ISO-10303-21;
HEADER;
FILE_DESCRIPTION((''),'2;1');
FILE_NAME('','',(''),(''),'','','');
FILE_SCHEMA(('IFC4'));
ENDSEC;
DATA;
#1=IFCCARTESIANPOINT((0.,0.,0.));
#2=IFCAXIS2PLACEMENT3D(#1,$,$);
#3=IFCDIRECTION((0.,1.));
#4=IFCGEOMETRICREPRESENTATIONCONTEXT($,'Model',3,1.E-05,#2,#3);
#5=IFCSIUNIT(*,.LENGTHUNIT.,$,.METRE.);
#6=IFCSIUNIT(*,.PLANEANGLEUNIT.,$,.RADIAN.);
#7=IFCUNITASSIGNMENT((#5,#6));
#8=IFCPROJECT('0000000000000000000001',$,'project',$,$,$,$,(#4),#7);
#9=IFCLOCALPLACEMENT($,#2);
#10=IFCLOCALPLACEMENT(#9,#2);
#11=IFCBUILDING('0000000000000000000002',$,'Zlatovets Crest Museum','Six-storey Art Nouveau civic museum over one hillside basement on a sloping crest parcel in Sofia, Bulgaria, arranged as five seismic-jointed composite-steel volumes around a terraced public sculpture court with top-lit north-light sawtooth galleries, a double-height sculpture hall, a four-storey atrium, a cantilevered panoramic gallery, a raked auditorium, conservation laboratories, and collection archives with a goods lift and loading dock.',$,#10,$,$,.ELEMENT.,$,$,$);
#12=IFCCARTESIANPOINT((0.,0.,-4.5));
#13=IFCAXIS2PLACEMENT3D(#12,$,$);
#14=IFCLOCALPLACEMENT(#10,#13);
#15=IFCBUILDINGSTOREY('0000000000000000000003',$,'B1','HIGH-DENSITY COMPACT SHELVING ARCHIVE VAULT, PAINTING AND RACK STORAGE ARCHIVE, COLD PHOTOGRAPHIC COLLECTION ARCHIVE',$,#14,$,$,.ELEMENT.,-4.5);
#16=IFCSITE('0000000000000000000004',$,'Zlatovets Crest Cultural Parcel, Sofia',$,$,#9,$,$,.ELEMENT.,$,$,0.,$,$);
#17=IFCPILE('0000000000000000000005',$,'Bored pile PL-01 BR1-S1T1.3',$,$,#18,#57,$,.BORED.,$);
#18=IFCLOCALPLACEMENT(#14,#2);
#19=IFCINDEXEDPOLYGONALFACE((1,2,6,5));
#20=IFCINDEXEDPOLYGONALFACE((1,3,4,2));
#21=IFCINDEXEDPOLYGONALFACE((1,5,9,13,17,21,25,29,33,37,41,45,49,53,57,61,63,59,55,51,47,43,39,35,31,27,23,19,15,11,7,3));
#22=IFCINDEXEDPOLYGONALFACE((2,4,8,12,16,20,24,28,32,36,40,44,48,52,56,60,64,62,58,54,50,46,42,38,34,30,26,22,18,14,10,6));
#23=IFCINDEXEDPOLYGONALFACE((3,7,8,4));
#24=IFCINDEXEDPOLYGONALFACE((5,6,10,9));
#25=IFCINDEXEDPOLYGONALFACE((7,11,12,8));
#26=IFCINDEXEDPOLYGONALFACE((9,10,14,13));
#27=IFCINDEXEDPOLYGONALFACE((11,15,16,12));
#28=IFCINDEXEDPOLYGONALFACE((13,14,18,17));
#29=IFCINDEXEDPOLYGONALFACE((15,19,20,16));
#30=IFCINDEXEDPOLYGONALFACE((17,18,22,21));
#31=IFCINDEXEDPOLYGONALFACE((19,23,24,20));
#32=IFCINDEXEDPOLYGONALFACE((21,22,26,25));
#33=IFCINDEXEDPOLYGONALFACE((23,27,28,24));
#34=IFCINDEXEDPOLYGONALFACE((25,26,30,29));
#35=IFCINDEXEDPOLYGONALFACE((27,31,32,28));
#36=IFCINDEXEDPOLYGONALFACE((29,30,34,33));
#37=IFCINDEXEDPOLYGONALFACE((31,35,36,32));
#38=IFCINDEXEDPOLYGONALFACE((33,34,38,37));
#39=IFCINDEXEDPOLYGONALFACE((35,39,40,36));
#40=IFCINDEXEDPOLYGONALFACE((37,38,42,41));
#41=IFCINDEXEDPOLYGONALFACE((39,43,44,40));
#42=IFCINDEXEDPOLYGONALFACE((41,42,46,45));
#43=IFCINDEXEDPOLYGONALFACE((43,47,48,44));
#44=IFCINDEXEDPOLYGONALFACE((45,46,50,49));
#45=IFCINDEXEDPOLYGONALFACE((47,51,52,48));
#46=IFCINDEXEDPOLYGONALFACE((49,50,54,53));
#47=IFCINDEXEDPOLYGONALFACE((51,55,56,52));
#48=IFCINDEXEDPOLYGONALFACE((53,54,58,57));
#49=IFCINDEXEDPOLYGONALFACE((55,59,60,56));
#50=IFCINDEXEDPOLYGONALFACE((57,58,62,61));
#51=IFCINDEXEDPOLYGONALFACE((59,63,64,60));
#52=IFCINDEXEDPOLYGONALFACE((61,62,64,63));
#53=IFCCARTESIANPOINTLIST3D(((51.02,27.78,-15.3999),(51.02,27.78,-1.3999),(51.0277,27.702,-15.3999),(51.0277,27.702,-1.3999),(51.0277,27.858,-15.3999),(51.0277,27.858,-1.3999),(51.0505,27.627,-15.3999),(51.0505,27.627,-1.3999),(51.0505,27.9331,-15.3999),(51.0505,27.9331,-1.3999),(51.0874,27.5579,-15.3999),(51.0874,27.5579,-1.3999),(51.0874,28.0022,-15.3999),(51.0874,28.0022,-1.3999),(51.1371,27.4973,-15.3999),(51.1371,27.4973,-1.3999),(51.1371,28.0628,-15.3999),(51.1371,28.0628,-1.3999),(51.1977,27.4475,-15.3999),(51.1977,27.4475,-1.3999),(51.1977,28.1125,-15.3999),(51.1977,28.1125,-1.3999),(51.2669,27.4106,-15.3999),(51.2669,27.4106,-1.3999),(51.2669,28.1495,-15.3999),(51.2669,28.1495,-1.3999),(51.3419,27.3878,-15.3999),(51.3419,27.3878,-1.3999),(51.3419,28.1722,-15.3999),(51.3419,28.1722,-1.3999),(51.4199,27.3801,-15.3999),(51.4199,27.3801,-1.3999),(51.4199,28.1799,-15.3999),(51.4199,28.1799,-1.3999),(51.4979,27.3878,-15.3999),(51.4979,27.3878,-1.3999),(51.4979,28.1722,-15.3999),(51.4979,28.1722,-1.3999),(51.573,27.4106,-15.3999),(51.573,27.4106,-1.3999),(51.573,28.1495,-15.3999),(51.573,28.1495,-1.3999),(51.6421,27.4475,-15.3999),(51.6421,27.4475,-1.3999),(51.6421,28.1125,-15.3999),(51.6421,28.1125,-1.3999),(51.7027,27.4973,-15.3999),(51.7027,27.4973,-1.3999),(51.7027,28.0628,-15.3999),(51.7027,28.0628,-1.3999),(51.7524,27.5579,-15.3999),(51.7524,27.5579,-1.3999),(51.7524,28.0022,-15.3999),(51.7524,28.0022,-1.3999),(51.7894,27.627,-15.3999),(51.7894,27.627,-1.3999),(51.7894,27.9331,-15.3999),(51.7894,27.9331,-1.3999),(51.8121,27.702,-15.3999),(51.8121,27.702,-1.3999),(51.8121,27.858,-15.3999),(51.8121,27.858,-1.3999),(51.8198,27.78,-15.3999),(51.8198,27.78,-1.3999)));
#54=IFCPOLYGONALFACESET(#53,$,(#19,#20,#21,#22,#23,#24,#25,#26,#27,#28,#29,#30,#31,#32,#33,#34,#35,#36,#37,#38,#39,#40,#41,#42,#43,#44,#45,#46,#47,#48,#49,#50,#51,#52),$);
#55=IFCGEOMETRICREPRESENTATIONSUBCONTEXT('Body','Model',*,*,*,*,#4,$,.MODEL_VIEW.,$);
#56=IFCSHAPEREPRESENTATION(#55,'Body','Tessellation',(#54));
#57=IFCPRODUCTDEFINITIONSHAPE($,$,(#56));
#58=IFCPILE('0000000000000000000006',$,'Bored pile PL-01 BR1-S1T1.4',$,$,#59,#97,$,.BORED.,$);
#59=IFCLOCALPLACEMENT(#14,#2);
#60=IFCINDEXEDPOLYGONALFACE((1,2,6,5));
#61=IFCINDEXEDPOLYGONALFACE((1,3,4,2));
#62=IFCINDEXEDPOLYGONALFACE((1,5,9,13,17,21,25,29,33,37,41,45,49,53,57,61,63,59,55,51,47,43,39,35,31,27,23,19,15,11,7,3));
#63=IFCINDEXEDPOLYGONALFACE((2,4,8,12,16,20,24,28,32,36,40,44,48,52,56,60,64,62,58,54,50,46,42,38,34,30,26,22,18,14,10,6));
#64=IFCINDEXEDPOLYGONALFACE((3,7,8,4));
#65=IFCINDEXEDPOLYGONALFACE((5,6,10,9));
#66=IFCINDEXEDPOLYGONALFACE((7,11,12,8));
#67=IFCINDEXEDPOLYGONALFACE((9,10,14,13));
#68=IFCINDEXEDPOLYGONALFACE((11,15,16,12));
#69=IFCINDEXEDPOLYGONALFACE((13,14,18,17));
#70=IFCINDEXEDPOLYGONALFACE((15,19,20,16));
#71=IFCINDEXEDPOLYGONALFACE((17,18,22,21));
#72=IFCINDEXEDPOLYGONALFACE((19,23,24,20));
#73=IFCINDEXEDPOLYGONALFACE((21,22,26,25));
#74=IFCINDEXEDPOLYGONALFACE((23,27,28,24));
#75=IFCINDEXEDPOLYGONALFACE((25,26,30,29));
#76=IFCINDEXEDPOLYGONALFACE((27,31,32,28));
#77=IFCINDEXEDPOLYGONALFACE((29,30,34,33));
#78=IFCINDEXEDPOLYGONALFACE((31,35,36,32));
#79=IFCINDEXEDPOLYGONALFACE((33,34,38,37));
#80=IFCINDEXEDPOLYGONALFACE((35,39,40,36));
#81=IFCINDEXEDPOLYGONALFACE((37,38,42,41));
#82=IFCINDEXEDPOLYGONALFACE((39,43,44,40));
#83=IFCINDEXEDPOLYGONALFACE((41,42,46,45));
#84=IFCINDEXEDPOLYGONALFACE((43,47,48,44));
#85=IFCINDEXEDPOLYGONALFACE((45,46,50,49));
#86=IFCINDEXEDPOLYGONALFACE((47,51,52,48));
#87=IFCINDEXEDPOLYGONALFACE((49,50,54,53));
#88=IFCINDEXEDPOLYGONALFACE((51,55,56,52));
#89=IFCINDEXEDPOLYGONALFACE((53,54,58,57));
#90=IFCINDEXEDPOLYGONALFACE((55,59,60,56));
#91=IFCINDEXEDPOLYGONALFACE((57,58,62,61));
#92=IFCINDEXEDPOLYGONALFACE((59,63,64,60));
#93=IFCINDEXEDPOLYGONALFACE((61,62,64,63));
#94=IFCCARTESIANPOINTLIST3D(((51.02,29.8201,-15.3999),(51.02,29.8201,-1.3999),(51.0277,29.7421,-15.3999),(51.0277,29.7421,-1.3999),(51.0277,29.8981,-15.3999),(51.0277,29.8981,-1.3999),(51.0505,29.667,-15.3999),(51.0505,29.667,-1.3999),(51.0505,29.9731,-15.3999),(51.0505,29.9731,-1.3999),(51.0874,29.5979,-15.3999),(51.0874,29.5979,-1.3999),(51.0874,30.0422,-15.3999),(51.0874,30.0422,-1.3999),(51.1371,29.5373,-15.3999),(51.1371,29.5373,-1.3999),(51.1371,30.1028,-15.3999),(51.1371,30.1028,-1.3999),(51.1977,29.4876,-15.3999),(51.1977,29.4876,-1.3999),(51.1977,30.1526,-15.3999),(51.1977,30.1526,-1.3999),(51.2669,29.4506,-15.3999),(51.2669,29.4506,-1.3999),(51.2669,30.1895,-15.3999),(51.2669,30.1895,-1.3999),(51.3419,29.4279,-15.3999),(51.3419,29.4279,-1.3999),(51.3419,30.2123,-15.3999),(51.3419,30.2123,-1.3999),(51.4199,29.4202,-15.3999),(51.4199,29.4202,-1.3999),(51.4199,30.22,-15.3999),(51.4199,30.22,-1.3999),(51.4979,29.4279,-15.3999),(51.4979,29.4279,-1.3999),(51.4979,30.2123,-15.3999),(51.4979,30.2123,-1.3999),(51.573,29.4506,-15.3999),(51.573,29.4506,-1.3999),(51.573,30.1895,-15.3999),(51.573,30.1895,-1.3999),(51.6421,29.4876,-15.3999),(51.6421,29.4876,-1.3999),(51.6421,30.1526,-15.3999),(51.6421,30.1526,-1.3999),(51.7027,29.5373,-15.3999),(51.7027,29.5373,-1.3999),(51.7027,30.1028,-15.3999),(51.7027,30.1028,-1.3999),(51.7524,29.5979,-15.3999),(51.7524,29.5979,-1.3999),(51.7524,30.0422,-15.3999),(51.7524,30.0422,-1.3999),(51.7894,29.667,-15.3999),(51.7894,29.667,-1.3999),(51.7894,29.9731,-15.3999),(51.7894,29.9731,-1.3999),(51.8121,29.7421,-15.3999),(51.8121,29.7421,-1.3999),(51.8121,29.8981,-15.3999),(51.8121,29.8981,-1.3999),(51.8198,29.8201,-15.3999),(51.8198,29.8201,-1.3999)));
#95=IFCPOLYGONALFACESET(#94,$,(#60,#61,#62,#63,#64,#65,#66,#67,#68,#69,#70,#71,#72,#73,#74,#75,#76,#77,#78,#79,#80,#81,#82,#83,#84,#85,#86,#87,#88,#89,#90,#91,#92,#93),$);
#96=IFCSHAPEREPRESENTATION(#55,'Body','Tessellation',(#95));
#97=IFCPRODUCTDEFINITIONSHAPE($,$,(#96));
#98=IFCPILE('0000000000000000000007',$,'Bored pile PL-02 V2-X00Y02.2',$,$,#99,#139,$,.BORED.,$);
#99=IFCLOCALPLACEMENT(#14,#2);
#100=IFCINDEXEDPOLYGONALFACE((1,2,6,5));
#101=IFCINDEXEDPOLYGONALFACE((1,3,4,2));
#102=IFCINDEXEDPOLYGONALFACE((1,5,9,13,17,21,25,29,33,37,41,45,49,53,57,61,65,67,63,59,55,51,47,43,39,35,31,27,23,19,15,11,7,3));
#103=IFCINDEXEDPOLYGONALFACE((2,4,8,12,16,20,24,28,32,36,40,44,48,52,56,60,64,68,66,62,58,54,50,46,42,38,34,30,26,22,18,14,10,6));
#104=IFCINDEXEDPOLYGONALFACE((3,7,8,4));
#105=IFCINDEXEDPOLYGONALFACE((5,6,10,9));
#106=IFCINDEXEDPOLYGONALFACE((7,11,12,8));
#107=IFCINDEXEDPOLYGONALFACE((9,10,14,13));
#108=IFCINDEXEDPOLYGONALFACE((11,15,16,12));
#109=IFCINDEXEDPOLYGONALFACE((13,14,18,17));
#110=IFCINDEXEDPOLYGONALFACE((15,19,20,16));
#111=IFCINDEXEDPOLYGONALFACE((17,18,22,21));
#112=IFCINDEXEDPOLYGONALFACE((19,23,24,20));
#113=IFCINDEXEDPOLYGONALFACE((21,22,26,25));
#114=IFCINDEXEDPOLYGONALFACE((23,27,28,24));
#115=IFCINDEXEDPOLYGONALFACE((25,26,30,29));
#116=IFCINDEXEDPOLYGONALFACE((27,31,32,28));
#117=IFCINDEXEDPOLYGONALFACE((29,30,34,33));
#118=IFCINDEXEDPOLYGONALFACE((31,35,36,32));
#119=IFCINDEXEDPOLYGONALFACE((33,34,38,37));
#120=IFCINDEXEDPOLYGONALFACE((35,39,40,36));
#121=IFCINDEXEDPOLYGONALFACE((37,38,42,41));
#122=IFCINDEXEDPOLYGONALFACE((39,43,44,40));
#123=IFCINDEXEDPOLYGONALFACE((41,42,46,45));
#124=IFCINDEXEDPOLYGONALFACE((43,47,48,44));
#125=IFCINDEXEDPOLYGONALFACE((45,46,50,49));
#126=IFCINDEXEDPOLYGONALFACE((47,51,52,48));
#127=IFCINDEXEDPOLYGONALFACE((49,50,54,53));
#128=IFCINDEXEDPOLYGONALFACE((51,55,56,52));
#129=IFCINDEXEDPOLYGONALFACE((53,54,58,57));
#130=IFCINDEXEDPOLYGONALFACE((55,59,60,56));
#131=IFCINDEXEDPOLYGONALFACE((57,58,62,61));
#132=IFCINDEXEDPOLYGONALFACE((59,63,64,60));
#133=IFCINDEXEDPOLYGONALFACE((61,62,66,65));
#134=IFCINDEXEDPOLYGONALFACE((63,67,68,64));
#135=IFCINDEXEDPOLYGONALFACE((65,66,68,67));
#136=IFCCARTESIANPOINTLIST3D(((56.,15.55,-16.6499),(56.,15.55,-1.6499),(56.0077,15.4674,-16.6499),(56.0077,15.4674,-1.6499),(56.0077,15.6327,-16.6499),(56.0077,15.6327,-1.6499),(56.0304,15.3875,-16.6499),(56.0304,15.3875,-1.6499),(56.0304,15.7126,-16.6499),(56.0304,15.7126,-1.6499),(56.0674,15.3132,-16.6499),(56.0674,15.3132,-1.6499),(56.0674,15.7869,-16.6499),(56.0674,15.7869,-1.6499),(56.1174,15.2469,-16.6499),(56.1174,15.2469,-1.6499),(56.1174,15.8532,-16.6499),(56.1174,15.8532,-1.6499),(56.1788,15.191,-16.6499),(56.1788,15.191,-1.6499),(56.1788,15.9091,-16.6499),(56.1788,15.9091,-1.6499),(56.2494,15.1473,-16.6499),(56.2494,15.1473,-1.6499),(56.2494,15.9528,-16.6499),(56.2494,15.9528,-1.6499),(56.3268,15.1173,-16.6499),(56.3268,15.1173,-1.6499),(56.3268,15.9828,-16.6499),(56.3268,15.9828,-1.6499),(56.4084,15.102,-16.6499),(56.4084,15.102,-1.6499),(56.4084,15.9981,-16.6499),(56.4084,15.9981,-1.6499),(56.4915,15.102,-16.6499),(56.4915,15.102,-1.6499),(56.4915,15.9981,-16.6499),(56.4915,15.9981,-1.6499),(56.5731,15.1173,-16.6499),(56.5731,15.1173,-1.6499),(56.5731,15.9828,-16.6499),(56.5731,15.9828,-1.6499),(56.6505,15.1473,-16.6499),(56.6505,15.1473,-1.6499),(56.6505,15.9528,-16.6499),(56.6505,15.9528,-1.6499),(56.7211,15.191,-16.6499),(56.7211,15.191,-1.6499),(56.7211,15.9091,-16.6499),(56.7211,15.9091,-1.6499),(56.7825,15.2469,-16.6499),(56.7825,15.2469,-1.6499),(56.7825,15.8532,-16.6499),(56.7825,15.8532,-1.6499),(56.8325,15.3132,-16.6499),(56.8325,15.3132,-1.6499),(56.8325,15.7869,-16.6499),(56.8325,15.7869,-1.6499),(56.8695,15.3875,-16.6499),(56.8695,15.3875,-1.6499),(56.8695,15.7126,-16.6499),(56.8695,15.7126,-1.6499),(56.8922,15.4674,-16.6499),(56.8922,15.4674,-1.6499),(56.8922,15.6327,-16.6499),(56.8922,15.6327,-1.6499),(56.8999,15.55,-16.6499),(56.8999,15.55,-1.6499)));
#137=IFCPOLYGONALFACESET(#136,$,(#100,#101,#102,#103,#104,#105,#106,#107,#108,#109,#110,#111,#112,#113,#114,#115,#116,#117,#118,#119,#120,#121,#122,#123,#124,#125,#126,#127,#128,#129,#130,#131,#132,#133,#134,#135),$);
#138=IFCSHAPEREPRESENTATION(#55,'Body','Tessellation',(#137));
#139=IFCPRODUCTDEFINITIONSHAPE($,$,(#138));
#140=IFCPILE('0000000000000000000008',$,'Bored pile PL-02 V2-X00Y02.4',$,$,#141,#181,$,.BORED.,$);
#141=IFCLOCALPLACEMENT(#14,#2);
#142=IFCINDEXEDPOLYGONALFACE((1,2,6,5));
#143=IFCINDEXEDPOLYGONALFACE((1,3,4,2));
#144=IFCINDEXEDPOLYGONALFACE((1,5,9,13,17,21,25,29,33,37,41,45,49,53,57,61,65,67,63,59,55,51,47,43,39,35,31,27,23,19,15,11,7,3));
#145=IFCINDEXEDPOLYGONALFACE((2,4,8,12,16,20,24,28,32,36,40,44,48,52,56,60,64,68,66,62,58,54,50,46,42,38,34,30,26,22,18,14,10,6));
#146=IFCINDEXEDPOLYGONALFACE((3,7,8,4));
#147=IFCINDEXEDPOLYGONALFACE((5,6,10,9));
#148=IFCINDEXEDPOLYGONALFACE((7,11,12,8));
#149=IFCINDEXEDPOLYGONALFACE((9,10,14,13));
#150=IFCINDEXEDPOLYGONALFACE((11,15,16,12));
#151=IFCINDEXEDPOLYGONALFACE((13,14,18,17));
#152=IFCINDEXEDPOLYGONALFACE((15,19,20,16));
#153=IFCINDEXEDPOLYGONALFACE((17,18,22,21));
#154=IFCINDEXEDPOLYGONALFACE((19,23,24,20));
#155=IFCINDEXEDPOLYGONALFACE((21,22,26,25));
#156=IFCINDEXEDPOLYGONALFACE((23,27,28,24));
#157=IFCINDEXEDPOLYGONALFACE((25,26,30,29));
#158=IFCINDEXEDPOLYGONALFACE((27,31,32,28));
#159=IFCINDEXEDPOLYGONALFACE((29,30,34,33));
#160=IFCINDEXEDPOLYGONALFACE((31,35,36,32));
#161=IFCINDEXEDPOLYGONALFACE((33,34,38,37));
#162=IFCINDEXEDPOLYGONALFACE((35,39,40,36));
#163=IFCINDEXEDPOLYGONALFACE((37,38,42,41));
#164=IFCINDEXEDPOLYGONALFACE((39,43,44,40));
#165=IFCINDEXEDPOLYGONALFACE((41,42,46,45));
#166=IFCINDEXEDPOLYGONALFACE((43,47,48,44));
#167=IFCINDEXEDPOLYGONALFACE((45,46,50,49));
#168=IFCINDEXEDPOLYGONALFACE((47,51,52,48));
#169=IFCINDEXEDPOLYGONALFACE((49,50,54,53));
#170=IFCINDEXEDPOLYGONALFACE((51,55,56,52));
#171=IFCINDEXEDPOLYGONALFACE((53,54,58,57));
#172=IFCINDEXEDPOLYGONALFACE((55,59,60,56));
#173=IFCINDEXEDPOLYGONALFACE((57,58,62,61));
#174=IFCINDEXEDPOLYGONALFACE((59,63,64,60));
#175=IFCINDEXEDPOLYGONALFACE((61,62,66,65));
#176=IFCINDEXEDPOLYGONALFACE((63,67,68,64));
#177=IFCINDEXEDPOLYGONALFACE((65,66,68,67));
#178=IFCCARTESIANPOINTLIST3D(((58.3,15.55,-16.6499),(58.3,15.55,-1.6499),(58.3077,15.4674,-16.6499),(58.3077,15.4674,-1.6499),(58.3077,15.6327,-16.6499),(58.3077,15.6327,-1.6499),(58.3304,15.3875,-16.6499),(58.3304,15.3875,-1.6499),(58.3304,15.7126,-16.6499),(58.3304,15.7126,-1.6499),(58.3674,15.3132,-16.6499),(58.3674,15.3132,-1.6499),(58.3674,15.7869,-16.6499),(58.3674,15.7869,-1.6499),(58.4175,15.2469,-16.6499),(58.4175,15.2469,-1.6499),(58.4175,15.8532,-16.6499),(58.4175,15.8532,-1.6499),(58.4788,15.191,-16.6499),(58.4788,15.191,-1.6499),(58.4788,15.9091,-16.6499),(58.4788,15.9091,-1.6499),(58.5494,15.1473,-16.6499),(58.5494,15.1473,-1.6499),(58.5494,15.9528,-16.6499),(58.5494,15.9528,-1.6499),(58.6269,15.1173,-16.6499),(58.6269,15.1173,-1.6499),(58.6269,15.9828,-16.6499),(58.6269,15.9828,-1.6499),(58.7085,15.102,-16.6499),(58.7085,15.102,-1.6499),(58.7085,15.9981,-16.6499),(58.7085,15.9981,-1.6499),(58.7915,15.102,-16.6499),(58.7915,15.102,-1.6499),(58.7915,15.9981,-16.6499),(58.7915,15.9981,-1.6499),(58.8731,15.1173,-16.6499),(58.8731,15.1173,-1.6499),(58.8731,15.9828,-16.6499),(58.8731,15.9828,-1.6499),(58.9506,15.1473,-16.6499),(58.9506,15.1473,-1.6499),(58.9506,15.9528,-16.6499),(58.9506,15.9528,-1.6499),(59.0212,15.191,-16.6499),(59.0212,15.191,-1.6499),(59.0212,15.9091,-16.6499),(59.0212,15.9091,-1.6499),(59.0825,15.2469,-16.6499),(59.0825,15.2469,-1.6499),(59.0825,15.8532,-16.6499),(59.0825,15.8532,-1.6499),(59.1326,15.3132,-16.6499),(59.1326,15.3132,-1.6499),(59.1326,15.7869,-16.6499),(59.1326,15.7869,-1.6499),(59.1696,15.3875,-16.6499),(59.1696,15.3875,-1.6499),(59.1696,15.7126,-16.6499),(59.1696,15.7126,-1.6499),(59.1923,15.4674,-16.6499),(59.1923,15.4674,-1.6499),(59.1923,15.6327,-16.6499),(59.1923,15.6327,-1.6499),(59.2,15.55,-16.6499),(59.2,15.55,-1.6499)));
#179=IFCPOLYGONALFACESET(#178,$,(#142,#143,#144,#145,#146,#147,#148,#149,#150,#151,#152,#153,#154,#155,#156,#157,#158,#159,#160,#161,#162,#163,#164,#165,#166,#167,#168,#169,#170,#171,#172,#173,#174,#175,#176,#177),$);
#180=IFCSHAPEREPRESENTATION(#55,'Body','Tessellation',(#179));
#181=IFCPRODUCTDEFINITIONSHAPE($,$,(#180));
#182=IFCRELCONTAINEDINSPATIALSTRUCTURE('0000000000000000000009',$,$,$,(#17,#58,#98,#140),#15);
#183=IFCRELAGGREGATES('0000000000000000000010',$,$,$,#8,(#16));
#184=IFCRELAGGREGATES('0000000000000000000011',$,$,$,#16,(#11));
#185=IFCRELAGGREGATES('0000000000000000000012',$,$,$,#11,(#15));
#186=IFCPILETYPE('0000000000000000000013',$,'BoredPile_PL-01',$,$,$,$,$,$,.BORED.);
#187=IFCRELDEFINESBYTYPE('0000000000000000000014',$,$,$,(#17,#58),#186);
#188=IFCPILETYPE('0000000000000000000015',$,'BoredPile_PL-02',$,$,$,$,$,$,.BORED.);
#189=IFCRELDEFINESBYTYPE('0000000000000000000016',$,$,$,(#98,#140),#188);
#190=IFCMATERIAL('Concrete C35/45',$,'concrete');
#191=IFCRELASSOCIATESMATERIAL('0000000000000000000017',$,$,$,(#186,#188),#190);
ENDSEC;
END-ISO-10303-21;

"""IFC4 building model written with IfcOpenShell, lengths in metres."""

from ifc_helpers import new_model, si_unit, direction, frame, origin, origin_2d, place, context, subcontext, project, spatial, circle, extrude, material, material_profile, profile_set, type_object, element, save


model = new_model("IFC4")

# Units and contexts
model_context = context("Model", 3, precision=1e-05, world=origin(), true_north=direction((0.0, 1.0)))
body_context = subcontext(model_context, "Body", "Model", "MODEL_VIEW")
ifc_project = project(units=[si_unit("LENGTHUNIT", "METRE"), si_unit("PLANEANGLEUNIT", "RADIAN")], contexts=[model_context])

# Site, building, storey
site_placement = place(None, origin())
site = spatial("IfcSite", under=ifc_project, at=site_placement, Name="Zlatovets Crest Cultural Parcel, Sofia", CompositionType="ELEMENT", RefElevation=0.0)
building_placement = place(site_placement, origin())
building = spatial("IfcBuilding", under=site, at=building_placement, Name="Zlatovets Crest Museum", Description="Six-storey Art Nouveau civic museum over one hillside basement on a sloping crest parcel in Sofia, Bulgaria, arranged as five seismic-jointed composite-steel volumes around a terraced public sculpture court with top-lit north-light sawtooth galleries, a double-height sculpture hall, a four-storey atrium, a cantilevered panoramic gallery, a raked auditorium, conservation laboratories, and collection archives with a goods lift and loading dock.", CompositionType="ELEMENT")
storey_placement = place(building_placement, frame((0.0, 0.0, -4.5)))
storey = spatial("IfcBuildingStorey", under=building, at=storey_placement, Name="B1", Description="HIGH-DENSITY COMPACT SHELVING ARCHIVE VAULT, PAINTING AND RACK STORAGE ARCHIVE, COLD PHOTOGRAPHIC COLLECTION ARCHIVE", CompositionType="ELEMENT", Elevation=-4.5)

# Piles
ifc_material_1 = material(Name="Concrete C35/45", Category="concrete")
ifc_material_profile_1 = material_profile(ifc_material_1, circle(Radius=0.3999, at=origin_2d()), Name="PILE D800")
ifc_profile_set_1 = profile_set([ifc_material_profile_1], Name="Concrete C35/45")
pile_type_1 = type_object("IfcPileType", Name="BoredPile_PL-01", PredefinedType="BORED", material=ifc_profile_set_1)
for number, where, z_axis, x_axis, name in (
    (1, (51.4199, 27.78, -1.3999), (0.0, 0.0, -1.0), (1.0, 0.0, 0.0), "Bored pile PL-01 BR1-S1T1.3"),
    (2, (51.4199, 29.8201, -1.3999), (0.0, 0.0, -1.0), (1.0, 0.0, 0.0), "Bored pile PL-01 BR1-S1T1.4"),
):
    element("IfcPile", number, at=place(storey_placement, frame(where, z_axis=z_axis, x_axis=x_axis)), inside=storey, type_object=pile_type_1, Name=name, PredefinedType="BORED", context=body_context, shape_type="SweptSolid", body=[
        extrude(circle(Radius=0.3999, at=origin_2d()), origin(), (0.0, 0.0, 1.0), 14.0),
    ])
ifc_material_profile_2 = material_profile(ifc_material_1, circle(Radius=0.45, at=origin_2d()), Name="PILE D900")
ifc_profile_set_2 = profile_set([ifc_material_profile_2], Name="Concrete C35/45")
pile_type_2 = type_object("IfcPileType", Name="BoredPile_PL-02", PredefinedType="BORED", material=ifc_profile_set_2)
for number, where, z_axis, x_axis, name in (
    (3, (56.45, 15.55, -1.6499), (0.0, 0.0, -1.0), (1.0, 0.0, 0.0), "Bored pile PL-02 V2-X00Y02.2"),
    (4, (58.75, 15.55, -1.6499), (0.0, 0.0, -1.0), (1.0, 0.0, 0.0), "Bored pile PL-02 V2-X00Y02.4"),
):
    element("IfcPile", number, at=place(storey_placement, frame(where, z_axis=z_axis, x_axis=x_axis)), inside=storey, type_object=pile_type_2, Name=name, PredefinedType="BORED", context=body_context, shape_type="SweptSolid", body=[
        extrude(circle(Radius=0.45, at=origin_2d()), origin(), (0.0, 0.0, 1.0), 15.0),
    ])

save(model, "model.ifc")
